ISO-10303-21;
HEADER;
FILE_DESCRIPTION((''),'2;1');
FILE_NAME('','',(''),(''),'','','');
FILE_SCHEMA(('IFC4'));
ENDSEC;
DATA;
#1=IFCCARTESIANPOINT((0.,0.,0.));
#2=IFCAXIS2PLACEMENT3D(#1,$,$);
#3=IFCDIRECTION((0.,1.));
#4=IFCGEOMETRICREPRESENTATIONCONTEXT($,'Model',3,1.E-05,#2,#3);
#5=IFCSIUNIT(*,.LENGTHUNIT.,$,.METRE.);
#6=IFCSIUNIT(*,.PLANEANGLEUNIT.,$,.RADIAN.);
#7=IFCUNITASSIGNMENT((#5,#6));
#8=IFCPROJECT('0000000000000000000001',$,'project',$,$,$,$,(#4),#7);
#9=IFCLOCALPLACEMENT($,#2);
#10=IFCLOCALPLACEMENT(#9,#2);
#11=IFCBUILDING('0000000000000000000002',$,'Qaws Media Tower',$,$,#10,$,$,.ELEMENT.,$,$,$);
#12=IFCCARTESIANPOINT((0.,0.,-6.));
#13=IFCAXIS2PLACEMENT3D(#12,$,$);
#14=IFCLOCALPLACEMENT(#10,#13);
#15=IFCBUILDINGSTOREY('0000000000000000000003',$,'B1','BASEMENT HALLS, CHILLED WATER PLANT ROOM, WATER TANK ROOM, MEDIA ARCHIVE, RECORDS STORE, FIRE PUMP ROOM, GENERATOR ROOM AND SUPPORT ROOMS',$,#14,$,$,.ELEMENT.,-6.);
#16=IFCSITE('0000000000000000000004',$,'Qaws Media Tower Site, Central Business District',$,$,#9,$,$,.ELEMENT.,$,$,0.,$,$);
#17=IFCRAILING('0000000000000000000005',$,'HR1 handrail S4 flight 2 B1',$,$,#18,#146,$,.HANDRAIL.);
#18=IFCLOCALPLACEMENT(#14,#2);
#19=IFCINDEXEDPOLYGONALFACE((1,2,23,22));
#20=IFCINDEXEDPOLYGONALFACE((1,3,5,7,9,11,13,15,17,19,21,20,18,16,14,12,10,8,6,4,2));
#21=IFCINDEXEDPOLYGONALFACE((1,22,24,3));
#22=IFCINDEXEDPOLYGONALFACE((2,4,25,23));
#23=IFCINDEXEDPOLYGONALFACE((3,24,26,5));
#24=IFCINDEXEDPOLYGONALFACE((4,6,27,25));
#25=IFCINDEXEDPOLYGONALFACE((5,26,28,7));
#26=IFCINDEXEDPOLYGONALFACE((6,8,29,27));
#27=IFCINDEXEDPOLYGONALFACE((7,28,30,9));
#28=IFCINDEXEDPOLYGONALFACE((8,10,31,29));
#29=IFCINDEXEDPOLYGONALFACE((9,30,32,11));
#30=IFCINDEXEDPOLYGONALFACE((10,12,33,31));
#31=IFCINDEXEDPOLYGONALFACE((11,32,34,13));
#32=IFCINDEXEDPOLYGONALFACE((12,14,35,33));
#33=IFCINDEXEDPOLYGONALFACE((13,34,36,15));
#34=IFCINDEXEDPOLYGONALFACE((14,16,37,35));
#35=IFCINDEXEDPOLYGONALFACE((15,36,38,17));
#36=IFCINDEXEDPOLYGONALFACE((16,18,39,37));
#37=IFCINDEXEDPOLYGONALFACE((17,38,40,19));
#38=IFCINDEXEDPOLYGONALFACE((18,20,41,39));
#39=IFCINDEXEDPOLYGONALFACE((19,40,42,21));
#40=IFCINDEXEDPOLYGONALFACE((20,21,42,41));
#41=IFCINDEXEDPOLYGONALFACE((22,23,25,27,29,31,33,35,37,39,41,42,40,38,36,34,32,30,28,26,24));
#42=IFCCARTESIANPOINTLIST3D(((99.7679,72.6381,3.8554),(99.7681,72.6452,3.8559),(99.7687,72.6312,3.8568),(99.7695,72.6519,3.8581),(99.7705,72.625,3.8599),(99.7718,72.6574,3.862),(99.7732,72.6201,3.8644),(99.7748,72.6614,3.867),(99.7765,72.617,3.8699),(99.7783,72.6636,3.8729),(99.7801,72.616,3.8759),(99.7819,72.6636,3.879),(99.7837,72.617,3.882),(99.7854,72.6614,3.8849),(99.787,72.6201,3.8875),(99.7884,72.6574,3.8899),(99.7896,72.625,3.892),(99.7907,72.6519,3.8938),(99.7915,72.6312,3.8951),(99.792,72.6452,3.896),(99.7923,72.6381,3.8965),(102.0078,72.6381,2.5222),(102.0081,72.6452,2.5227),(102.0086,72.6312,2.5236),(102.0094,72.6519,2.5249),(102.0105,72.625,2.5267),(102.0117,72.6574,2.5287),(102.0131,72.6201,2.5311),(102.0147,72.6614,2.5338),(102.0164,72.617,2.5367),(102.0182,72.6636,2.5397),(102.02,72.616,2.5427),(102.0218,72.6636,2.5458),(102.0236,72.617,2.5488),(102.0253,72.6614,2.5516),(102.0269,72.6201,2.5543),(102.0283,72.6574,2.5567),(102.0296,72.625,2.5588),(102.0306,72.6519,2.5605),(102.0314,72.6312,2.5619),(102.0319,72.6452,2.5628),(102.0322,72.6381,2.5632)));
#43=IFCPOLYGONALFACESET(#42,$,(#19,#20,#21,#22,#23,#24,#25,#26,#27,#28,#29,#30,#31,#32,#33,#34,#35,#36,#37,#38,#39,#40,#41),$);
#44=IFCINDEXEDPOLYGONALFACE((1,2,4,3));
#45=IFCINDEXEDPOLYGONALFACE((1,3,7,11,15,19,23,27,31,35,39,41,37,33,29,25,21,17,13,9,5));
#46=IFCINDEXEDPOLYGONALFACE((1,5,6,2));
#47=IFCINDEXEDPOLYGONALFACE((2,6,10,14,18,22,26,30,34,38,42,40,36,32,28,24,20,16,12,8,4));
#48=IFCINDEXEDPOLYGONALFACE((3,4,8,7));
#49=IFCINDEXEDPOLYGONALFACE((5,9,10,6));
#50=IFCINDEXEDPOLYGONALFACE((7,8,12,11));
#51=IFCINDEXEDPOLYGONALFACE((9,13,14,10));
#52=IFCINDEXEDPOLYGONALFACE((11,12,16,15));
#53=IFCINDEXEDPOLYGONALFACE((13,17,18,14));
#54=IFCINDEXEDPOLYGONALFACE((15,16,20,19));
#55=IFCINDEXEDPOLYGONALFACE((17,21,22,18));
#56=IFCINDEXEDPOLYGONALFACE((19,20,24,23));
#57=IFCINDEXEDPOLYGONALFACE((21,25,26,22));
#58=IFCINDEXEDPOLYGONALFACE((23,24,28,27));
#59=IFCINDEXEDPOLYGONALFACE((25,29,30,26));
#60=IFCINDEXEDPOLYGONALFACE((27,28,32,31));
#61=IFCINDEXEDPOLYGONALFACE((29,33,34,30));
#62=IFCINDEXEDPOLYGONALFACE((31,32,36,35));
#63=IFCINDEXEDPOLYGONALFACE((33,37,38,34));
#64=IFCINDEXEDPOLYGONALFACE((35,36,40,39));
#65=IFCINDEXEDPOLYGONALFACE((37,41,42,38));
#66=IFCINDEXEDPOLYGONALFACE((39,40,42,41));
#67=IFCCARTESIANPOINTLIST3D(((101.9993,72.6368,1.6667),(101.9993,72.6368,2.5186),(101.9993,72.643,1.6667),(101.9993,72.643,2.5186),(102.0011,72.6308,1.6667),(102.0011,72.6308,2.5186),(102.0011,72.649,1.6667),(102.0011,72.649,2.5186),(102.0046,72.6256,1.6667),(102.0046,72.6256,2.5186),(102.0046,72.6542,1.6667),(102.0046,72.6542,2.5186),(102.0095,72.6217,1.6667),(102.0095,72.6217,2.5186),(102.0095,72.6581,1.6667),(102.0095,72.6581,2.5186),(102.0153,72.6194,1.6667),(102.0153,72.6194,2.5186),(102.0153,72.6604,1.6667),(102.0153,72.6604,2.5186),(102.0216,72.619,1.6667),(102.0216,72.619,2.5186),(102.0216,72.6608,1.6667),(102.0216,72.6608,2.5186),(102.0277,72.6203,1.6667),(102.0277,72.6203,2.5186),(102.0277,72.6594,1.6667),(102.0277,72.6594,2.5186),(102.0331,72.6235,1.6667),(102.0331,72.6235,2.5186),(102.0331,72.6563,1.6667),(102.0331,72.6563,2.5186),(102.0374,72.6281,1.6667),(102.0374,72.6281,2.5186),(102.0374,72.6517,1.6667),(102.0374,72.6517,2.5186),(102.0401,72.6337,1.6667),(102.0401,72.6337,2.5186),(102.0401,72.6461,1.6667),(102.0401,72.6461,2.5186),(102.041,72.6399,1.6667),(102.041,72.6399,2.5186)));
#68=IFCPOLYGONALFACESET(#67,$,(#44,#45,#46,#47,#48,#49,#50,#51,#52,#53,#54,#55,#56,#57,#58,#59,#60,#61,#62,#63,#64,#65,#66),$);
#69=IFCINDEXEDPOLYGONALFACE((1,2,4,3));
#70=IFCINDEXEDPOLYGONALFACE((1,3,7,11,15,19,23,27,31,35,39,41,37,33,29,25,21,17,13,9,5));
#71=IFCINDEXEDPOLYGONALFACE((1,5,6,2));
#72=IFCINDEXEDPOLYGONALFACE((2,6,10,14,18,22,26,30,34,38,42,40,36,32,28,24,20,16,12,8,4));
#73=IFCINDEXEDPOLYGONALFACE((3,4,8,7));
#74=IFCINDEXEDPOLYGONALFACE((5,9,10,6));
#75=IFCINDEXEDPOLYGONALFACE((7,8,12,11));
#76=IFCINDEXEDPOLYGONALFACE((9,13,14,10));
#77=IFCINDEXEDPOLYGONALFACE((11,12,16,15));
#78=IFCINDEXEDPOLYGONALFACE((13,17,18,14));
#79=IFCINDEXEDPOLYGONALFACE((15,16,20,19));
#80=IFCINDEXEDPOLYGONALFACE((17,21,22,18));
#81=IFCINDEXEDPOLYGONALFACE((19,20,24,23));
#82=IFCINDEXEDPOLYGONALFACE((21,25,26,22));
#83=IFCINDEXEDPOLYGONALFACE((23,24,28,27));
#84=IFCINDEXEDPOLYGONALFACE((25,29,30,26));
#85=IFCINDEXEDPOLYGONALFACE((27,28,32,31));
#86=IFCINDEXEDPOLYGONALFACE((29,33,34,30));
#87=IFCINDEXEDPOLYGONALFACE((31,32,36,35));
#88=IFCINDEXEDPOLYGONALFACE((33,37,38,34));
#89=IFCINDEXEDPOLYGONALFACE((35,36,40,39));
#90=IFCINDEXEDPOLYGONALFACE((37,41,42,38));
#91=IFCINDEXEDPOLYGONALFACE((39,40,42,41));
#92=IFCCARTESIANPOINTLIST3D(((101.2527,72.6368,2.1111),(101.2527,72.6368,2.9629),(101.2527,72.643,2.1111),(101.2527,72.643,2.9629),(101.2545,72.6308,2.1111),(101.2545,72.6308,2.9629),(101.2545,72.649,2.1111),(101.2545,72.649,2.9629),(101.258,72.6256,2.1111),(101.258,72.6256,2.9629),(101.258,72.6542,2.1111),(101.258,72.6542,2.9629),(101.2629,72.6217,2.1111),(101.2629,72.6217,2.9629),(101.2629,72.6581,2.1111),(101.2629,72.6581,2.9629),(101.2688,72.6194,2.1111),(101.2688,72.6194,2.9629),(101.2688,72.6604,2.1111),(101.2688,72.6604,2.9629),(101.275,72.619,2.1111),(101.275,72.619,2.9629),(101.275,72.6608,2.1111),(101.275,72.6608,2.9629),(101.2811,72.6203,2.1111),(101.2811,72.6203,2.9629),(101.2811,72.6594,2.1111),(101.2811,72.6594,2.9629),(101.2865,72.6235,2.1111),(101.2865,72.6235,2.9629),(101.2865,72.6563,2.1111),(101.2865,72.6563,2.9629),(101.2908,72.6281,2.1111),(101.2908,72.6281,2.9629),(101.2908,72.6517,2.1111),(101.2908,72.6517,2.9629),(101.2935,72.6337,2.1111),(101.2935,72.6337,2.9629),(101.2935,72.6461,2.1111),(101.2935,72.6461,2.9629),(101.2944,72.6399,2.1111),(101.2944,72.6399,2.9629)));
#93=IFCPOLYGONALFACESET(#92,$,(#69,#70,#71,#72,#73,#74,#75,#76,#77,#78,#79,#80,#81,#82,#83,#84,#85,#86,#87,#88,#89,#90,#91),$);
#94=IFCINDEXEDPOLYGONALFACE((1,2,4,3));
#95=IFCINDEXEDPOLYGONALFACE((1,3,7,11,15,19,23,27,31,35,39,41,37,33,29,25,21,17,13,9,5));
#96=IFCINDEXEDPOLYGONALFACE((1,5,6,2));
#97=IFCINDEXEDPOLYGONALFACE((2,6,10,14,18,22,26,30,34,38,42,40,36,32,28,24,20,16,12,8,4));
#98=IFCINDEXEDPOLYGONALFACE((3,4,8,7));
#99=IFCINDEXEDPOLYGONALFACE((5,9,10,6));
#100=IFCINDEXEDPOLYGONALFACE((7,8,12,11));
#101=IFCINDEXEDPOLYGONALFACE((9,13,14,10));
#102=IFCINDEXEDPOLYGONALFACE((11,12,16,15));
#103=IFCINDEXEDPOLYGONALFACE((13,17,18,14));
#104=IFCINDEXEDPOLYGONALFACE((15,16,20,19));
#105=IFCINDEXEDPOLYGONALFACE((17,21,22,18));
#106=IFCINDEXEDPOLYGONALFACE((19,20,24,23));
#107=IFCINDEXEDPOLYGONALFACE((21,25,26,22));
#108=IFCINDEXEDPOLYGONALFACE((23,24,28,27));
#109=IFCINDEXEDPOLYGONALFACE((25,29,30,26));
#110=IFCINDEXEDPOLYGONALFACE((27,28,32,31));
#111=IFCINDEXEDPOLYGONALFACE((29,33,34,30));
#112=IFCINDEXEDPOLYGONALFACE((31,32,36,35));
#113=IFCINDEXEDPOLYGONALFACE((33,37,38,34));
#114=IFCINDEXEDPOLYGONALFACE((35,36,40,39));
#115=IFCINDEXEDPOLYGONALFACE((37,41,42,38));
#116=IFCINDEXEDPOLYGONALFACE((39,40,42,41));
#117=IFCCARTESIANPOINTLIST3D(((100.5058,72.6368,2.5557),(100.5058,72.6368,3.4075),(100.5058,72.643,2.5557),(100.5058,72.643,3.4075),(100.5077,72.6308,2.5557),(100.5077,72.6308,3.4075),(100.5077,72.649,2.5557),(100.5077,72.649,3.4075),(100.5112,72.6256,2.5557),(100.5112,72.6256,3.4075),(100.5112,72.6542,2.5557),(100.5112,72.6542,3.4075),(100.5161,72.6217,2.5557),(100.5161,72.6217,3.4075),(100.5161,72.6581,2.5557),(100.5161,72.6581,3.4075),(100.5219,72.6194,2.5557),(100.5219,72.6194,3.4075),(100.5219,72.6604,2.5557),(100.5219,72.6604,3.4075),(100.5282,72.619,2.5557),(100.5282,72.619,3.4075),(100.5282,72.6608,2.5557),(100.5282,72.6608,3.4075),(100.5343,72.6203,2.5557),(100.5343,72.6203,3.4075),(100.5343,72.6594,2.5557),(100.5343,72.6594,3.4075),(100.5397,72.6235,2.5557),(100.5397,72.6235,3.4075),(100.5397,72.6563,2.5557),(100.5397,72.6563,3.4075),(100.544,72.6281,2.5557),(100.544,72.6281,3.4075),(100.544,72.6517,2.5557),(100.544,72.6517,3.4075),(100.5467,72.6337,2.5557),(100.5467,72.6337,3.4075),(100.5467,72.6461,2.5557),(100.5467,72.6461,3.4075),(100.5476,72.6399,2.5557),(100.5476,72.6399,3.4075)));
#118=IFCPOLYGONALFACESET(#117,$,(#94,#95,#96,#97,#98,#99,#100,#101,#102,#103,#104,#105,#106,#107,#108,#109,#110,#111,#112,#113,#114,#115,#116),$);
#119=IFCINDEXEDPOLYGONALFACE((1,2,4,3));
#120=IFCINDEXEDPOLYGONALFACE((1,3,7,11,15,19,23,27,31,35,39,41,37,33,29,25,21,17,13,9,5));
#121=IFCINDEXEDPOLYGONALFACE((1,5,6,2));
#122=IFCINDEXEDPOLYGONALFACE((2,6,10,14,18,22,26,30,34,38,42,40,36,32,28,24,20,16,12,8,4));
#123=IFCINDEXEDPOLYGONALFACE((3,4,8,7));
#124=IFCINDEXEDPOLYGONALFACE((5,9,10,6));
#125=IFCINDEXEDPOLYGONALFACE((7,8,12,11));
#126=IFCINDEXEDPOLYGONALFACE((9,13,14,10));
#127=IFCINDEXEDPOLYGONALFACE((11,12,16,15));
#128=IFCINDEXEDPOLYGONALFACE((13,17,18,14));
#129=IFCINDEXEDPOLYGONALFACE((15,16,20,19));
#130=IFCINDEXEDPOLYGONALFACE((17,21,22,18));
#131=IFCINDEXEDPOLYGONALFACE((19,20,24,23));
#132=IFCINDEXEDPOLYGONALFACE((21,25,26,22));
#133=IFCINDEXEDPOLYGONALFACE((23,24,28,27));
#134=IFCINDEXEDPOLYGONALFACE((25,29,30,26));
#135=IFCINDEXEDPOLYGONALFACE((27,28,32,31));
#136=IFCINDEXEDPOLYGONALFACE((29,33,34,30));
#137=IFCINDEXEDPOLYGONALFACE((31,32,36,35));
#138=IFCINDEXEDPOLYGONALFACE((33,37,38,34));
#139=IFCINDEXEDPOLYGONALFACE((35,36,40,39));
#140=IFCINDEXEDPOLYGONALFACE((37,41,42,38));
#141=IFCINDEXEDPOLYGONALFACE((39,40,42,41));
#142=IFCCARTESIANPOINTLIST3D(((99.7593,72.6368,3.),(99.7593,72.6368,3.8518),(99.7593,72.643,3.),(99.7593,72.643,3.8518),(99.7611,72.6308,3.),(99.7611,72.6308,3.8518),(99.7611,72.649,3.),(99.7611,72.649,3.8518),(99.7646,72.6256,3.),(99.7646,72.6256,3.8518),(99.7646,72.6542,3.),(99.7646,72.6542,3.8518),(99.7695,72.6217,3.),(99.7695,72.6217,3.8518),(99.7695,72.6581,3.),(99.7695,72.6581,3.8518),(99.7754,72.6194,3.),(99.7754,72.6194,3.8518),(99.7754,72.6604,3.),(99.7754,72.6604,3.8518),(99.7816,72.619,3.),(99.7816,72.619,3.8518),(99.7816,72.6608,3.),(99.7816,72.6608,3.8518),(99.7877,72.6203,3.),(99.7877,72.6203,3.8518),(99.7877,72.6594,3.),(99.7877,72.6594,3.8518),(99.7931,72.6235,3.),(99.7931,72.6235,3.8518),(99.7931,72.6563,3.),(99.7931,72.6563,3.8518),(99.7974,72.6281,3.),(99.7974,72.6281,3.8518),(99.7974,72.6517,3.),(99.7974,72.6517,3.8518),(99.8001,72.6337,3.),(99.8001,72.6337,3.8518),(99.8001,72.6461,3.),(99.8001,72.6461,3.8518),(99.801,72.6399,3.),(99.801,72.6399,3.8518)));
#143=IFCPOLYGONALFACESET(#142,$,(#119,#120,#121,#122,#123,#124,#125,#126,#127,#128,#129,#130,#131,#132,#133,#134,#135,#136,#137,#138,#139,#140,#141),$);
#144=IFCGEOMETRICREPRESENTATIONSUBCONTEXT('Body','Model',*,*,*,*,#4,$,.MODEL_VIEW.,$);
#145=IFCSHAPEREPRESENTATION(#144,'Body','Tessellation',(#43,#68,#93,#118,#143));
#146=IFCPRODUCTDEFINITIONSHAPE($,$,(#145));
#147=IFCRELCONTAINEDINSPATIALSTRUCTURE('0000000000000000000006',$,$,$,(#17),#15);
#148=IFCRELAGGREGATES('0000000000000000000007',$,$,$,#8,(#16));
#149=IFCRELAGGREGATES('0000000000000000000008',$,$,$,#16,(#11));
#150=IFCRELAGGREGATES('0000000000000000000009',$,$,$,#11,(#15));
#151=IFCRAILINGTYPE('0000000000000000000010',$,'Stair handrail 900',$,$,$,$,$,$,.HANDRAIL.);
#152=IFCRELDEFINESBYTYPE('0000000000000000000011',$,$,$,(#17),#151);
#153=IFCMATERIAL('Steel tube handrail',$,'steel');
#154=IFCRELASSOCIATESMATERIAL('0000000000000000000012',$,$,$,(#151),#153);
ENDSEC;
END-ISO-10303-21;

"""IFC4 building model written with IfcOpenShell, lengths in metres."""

from ifc_helpers import new_model, si_unit, direction, frame, origin, origin_2d, place, context, subcontext, project, spatial, circle, extrude, material, type_object, element, save


model = new_model("IFC4")

# Units and contexts
model_context = context("Model", 3, precision=1e-05, world=origin(), true_north=direction((0.0, 1.0)))
body_context = subcontext(model_context, "Body", "Model", "MODEL_VIEW")
ifc_project = project(units=[si_unit("LENGTHUNIT", "METRE"), si_unit("PLANEANGLEUNIT", "RADIAN")], contexts=[model_context])

# Site, building, storey
site_placement = place(None, origin())
site = spatial("IfcSite", under=ifc_project, at=site_placement, Name="Qaws Media Tower Site, Central Business District", CompositionType="ELEMENT", RefElevation=0.0)
building_placement = place(site_placement, origin())
building = spatial("IfcBuilding", under=site, at=building_placement, Name="Qaws Media Tower", CompositionType="ELEMENT")
storey_placement = place(building_placement, frame((0.0, 0.0, -6.0)))
storey = spatial("IfcBuildingStorey", under=building, at=storey_placement, Name="B1", Description="BASEMENT HALLS, CHILLED WATER PLANT ROOM, WATER TANK ROOM, MEDIA ARCHIVE, RECORDS STORE, FIRE PUMP ROOM, GENERATOR ROOM AND SUPPORT ROOMS", CompositionType="ELEMENT", Elevation=-6.0)

# Railing
ifc_material_1 = material(Name="Steel tube handrail", Category="steel")
railing_type = type_object("IfcRailingType", Name="Stair handrail 900", PredefinedType="HANDRAIL", material=ifc_material_1)
for number, where, name in (
    (1, (102.02, 72.6399, 1.6667), "HR1 handrail S4 flight 2 B1"),
):
    element("IfcRailing", number, at=place(storey_placement, frame(where)), inside=storey, type_object=railing_type, Name=name, PredefinedType="HANDRAIL", context=body_context, shape_type="SweptSolid", body=[
        extrude(circle(Radius=0.0239, at=origin_2d()), frame((0.0, 0.0, 0.876), z_axis=(-0.859306, 0.0, 0.511462), x_axis=(0.0, -1.0, 0.0)), (0.0, 0.0, 1.0), 2.6067),
        extrude(circle(Radius=0.021, at=origin_2d()), origin(), (0.0, 0.0, 1.0), 0.8518),
        extrude(circle(Radius=0.021, at=origin_2d()), frame((-0.7466, 0.0, 0.4443)), (0.0, 0.0, 1.0), 0.8518),
        extrude(circle(Radius=0.021, at=origin_2d()), frame((-1.4934, 0.0, 0.8889)), (0.0, 0.0, 1.0), 0.8518),
        extrude(circle(Radius=0.021, at=origin_2d()), frame((-2.24, 0.0, 1.3333)), (0.0, 0.0, 1.0), 0.8518),
    ])

save(model, "model.ifc")
